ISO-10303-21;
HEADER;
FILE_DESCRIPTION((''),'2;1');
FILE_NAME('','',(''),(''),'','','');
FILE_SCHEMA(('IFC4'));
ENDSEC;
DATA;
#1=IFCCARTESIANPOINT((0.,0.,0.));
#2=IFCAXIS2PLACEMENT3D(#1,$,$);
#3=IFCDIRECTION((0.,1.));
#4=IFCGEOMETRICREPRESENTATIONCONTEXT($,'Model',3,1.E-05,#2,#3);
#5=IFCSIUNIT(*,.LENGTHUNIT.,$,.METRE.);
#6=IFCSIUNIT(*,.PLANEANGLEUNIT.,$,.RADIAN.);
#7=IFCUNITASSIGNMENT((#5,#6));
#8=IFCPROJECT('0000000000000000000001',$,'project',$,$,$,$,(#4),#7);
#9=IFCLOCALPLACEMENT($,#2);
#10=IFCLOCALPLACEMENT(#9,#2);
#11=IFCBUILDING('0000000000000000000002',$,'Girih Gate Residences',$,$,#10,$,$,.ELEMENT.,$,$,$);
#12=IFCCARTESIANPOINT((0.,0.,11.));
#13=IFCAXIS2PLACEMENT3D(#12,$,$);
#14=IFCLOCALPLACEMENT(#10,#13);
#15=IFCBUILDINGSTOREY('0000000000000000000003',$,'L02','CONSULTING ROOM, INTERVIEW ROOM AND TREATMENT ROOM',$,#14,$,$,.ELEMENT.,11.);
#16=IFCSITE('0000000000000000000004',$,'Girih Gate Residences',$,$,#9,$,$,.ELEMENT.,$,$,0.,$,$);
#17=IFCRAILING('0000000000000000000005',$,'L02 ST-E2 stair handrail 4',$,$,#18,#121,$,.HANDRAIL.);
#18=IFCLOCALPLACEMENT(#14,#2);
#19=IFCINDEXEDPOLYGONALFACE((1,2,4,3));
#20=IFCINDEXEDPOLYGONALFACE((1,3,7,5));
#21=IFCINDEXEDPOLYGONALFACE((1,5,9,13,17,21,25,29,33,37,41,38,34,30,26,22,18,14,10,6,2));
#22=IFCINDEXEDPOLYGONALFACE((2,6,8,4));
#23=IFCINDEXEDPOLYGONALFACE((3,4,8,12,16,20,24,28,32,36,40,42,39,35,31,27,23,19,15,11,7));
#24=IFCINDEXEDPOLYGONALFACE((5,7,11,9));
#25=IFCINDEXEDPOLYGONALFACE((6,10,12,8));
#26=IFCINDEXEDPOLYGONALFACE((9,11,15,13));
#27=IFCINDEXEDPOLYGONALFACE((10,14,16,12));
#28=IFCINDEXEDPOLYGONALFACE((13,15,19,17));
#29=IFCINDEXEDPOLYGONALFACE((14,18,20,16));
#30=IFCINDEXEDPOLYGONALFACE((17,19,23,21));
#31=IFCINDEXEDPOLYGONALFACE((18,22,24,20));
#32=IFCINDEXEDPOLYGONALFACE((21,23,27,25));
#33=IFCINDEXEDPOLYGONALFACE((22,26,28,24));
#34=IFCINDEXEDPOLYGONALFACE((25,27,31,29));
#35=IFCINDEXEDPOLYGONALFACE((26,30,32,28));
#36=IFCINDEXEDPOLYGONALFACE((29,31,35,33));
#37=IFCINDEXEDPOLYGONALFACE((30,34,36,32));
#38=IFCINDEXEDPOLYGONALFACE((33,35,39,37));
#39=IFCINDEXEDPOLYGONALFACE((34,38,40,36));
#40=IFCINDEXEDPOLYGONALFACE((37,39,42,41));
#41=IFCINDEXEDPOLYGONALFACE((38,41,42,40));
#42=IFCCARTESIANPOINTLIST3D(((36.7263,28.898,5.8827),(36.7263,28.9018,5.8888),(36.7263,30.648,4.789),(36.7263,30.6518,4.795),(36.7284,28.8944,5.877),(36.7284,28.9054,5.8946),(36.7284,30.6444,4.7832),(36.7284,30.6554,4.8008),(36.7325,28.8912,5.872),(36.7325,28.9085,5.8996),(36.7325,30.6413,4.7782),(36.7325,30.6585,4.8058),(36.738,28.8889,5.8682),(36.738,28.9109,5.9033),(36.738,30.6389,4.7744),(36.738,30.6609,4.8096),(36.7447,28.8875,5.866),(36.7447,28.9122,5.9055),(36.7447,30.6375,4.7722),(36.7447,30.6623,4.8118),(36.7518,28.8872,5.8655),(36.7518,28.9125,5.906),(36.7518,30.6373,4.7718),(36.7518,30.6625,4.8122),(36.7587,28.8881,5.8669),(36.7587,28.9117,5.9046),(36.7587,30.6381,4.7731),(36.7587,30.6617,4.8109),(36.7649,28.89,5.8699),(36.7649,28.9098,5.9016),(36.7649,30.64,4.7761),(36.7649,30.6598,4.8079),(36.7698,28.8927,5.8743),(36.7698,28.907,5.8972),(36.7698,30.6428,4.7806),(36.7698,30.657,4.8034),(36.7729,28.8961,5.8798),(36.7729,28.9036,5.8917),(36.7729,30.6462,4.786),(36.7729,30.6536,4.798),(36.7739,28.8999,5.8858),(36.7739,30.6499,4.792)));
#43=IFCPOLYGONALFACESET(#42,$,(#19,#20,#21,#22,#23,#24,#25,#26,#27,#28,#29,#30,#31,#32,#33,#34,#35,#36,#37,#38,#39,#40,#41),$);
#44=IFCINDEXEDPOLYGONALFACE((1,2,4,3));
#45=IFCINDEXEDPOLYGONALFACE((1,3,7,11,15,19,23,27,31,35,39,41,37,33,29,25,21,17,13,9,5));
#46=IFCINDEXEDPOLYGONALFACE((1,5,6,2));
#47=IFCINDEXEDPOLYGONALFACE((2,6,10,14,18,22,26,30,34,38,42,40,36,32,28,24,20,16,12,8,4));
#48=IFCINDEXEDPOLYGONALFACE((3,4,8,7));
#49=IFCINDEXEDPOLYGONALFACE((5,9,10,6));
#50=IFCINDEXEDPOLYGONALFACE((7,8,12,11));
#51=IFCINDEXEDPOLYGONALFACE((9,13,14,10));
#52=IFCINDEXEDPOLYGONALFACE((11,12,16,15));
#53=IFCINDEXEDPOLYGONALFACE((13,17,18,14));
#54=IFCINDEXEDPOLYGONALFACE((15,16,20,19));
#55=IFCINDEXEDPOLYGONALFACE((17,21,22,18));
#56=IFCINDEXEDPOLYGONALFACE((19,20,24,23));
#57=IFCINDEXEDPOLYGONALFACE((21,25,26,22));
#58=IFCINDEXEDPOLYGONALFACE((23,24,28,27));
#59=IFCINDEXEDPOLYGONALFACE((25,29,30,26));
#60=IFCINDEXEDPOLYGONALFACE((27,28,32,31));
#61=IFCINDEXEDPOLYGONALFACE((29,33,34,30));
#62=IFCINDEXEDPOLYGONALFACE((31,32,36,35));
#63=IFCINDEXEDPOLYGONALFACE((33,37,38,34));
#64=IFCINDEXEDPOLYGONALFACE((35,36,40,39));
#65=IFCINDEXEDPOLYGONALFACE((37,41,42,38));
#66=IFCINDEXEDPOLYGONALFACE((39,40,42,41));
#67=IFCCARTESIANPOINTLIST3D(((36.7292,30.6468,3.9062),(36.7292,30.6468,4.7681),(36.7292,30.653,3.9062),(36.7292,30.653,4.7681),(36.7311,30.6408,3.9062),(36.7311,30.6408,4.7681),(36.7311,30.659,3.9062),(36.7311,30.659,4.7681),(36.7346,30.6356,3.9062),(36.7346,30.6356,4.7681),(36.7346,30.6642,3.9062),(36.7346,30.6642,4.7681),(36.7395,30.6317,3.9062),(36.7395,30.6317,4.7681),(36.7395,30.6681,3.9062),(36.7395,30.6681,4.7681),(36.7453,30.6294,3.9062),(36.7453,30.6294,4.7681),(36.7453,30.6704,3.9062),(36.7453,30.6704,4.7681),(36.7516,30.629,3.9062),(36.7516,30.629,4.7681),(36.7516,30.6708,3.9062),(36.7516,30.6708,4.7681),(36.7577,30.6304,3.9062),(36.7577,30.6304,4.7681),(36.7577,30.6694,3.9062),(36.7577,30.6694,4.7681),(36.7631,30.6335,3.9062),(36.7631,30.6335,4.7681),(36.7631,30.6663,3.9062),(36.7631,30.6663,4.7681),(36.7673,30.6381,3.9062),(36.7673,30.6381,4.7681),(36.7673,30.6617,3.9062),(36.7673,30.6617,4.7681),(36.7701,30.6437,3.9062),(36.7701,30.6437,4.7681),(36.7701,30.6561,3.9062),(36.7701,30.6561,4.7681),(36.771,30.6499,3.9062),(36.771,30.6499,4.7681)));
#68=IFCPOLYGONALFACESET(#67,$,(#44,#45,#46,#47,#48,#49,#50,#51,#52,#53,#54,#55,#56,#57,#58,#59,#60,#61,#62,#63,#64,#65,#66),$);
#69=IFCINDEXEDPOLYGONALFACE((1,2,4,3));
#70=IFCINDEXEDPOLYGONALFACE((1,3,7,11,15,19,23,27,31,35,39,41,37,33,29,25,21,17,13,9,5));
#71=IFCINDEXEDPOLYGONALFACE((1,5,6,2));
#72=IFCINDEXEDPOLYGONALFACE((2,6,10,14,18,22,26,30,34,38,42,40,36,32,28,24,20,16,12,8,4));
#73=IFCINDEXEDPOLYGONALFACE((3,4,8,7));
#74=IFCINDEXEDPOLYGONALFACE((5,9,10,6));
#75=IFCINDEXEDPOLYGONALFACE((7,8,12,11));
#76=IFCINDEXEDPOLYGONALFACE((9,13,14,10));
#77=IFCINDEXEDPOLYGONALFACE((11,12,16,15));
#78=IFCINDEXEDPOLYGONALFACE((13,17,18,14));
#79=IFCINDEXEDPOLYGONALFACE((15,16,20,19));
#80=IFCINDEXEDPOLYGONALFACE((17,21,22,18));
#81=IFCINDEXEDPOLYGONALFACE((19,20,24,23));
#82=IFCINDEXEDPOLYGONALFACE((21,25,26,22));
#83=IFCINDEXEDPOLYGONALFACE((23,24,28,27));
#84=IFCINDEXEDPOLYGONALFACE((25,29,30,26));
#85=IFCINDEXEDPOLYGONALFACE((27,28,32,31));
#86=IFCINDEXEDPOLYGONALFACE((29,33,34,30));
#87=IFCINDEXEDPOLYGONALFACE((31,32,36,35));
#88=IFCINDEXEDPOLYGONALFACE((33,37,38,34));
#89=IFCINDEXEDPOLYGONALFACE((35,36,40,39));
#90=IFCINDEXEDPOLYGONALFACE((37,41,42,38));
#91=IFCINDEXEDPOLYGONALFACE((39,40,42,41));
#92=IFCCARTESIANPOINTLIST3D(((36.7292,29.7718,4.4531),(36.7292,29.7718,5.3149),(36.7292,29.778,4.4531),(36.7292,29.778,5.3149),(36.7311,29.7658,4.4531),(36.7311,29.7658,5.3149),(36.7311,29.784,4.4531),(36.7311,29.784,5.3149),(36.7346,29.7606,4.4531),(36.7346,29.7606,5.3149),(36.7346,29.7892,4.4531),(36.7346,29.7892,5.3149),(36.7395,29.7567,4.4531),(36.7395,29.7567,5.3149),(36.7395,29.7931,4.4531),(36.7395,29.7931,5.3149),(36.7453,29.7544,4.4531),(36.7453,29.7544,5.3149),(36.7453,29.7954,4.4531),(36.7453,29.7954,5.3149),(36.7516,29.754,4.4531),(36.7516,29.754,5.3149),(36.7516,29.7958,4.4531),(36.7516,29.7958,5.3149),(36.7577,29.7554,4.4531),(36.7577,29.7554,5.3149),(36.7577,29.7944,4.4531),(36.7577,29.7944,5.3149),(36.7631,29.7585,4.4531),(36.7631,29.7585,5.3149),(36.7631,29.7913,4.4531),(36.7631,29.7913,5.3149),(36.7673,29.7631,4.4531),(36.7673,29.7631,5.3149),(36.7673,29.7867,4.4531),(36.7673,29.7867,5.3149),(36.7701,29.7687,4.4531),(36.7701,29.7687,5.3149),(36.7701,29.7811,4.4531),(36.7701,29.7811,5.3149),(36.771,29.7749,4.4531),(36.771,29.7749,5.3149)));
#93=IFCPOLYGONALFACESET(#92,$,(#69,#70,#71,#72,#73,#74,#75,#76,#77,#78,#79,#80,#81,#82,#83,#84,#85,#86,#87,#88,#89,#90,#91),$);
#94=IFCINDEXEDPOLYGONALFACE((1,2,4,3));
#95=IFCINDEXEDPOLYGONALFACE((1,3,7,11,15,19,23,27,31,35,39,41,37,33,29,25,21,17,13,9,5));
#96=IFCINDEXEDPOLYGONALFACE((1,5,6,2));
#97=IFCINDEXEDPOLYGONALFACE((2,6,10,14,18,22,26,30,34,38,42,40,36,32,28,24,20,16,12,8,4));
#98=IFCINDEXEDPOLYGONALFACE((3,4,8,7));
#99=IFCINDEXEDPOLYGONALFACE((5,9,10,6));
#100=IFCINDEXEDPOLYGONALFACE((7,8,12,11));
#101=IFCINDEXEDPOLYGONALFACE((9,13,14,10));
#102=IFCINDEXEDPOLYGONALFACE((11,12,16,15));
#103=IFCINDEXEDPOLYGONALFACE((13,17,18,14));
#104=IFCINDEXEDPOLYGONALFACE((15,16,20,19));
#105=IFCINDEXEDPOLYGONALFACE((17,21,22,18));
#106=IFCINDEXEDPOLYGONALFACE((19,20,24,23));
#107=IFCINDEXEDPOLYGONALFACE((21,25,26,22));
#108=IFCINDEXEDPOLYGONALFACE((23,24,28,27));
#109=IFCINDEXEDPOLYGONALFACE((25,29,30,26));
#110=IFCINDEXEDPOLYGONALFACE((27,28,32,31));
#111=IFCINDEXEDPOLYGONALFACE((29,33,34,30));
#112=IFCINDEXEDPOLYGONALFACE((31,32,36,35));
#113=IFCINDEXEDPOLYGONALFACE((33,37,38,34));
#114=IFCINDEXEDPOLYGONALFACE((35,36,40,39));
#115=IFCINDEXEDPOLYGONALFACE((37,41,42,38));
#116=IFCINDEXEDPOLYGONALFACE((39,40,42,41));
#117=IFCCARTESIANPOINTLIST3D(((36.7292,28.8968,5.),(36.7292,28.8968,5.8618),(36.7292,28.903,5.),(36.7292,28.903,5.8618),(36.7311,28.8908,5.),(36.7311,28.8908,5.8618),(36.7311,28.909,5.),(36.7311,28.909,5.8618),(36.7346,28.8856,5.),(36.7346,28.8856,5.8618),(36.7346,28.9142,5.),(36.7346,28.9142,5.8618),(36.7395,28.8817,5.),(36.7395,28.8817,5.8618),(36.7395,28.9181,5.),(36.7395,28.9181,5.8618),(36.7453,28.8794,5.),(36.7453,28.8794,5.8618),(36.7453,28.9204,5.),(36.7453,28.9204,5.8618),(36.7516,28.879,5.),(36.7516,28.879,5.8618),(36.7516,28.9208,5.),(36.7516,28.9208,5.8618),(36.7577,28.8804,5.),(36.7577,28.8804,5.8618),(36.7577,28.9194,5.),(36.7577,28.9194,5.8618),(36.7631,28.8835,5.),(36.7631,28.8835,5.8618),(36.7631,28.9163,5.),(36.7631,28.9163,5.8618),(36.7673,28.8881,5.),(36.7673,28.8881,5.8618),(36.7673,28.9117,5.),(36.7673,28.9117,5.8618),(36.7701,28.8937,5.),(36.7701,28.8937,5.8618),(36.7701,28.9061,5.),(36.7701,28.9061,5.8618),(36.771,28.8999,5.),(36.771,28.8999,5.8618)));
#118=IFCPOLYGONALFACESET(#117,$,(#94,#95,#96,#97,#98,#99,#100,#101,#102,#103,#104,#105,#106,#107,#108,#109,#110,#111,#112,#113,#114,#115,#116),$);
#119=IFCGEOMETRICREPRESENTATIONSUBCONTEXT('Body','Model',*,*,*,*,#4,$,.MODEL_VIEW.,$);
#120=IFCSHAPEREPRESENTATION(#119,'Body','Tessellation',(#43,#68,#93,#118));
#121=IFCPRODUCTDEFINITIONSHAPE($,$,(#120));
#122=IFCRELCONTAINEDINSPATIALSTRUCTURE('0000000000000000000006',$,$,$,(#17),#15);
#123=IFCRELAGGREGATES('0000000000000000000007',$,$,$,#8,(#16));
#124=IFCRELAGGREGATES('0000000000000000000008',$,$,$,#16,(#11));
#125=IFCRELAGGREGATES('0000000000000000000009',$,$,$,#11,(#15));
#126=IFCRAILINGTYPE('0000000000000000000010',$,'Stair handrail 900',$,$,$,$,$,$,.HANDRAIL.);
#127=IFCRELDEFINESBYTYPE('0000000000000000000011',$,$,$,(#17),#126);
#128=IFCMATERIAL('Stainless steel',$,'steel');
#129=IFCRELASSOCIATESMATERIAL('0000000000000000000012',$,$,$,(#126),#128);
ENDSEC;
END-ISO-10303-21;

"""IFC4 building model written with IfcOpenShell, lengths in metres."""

from ifc_helpers import new_model, si_unit, direction, frame, origin, origin_2d, place, context, subcontext, project, spatial, circle, extrude, material, type_object, element, save


model = new_model("IFC4")

# Units and contexts
model_context = context("Model", 3, precision=1e-05, world=origin(), true_north=direction((0.0, 1.0)))
body_context = subcontext(model_context, "Body", "Model", "MODEL_VIEW")
ifc_project = project(units=[si_unit("LENGTHUNIT", "METRE"), si_unit("PLANEANGLEUNIT", "RADIAN")], contexts=[model_context])

# Site, building, storey
site_placement = place(None, origin())
site = spatial("IfcSite", under=ifc_project, at=site_placement, Name="Girih Gate Residences", CompositionType="ELEMENT", RefElevation=0.0)
building_placement = place(site_placement, origin())
building = spatial("IfcBuilding", under=site, at=building_placement, Name="Girih Gate Residences", CompositionType="ELEMENT")
storey_placement = place(building_placement, frame((0.0, 0.0, 11.0)))
storey = spatial("IfcBuildingStorey", under=building, at=storey_placement, Name="L02", Description="CONSULTING ROOM, INTERVIEW ROOM AND TREATMENT ROOM", CompositionType="ELEMENT", Elevation=11.0)

# Railing
ifc_material_1 = material(Name="Stainless steel", Category="steel")
railing_type_1 = type_object("IfcRailingType", Name="Stair handrail 900", PredefinedType="HANDRAIL", material=ifc_material_1)
railing_1_placement = place(storey_placement, frame((36.75, 30.6499, 3.9062)))
element("IfcRailing", 1, at=railing_1_placement, inside=storey, type_object=railing_type_1, Name="L02 ST-E2 stair handrail 4", PredefinedType="HANDRAIL", context=body_context, shape_type="SweptSolid", body=[
    extrude(circle(Radius=0.0239, at=origin_2d()), frame((0.0, 0.0, 0.8857), z_axis=(0.0, -0.847998, 0.529999), x_axis=(1.0, 0.0, 0.0)), (0.0, 0.0, 1.0), 2.0637),
    extrude(circle(Radius=0.021, at=origin_2d()), origin(), (0.0, 0.0, 1.0), 0.8618),
    extrude(circle(Radius=0.021, at=origin_2d()), frame((0.0, -0.875, 0.5469)), (0.0, 0.0, 1.0), 0.8618),
    extrude(circle(Radius=0.021, at=origin_2d()), frame((0.0, -1.75, 1.0938)), (0.0, 0.0, 1.0), 0.8618),
])

save(model, "model.ifc")
